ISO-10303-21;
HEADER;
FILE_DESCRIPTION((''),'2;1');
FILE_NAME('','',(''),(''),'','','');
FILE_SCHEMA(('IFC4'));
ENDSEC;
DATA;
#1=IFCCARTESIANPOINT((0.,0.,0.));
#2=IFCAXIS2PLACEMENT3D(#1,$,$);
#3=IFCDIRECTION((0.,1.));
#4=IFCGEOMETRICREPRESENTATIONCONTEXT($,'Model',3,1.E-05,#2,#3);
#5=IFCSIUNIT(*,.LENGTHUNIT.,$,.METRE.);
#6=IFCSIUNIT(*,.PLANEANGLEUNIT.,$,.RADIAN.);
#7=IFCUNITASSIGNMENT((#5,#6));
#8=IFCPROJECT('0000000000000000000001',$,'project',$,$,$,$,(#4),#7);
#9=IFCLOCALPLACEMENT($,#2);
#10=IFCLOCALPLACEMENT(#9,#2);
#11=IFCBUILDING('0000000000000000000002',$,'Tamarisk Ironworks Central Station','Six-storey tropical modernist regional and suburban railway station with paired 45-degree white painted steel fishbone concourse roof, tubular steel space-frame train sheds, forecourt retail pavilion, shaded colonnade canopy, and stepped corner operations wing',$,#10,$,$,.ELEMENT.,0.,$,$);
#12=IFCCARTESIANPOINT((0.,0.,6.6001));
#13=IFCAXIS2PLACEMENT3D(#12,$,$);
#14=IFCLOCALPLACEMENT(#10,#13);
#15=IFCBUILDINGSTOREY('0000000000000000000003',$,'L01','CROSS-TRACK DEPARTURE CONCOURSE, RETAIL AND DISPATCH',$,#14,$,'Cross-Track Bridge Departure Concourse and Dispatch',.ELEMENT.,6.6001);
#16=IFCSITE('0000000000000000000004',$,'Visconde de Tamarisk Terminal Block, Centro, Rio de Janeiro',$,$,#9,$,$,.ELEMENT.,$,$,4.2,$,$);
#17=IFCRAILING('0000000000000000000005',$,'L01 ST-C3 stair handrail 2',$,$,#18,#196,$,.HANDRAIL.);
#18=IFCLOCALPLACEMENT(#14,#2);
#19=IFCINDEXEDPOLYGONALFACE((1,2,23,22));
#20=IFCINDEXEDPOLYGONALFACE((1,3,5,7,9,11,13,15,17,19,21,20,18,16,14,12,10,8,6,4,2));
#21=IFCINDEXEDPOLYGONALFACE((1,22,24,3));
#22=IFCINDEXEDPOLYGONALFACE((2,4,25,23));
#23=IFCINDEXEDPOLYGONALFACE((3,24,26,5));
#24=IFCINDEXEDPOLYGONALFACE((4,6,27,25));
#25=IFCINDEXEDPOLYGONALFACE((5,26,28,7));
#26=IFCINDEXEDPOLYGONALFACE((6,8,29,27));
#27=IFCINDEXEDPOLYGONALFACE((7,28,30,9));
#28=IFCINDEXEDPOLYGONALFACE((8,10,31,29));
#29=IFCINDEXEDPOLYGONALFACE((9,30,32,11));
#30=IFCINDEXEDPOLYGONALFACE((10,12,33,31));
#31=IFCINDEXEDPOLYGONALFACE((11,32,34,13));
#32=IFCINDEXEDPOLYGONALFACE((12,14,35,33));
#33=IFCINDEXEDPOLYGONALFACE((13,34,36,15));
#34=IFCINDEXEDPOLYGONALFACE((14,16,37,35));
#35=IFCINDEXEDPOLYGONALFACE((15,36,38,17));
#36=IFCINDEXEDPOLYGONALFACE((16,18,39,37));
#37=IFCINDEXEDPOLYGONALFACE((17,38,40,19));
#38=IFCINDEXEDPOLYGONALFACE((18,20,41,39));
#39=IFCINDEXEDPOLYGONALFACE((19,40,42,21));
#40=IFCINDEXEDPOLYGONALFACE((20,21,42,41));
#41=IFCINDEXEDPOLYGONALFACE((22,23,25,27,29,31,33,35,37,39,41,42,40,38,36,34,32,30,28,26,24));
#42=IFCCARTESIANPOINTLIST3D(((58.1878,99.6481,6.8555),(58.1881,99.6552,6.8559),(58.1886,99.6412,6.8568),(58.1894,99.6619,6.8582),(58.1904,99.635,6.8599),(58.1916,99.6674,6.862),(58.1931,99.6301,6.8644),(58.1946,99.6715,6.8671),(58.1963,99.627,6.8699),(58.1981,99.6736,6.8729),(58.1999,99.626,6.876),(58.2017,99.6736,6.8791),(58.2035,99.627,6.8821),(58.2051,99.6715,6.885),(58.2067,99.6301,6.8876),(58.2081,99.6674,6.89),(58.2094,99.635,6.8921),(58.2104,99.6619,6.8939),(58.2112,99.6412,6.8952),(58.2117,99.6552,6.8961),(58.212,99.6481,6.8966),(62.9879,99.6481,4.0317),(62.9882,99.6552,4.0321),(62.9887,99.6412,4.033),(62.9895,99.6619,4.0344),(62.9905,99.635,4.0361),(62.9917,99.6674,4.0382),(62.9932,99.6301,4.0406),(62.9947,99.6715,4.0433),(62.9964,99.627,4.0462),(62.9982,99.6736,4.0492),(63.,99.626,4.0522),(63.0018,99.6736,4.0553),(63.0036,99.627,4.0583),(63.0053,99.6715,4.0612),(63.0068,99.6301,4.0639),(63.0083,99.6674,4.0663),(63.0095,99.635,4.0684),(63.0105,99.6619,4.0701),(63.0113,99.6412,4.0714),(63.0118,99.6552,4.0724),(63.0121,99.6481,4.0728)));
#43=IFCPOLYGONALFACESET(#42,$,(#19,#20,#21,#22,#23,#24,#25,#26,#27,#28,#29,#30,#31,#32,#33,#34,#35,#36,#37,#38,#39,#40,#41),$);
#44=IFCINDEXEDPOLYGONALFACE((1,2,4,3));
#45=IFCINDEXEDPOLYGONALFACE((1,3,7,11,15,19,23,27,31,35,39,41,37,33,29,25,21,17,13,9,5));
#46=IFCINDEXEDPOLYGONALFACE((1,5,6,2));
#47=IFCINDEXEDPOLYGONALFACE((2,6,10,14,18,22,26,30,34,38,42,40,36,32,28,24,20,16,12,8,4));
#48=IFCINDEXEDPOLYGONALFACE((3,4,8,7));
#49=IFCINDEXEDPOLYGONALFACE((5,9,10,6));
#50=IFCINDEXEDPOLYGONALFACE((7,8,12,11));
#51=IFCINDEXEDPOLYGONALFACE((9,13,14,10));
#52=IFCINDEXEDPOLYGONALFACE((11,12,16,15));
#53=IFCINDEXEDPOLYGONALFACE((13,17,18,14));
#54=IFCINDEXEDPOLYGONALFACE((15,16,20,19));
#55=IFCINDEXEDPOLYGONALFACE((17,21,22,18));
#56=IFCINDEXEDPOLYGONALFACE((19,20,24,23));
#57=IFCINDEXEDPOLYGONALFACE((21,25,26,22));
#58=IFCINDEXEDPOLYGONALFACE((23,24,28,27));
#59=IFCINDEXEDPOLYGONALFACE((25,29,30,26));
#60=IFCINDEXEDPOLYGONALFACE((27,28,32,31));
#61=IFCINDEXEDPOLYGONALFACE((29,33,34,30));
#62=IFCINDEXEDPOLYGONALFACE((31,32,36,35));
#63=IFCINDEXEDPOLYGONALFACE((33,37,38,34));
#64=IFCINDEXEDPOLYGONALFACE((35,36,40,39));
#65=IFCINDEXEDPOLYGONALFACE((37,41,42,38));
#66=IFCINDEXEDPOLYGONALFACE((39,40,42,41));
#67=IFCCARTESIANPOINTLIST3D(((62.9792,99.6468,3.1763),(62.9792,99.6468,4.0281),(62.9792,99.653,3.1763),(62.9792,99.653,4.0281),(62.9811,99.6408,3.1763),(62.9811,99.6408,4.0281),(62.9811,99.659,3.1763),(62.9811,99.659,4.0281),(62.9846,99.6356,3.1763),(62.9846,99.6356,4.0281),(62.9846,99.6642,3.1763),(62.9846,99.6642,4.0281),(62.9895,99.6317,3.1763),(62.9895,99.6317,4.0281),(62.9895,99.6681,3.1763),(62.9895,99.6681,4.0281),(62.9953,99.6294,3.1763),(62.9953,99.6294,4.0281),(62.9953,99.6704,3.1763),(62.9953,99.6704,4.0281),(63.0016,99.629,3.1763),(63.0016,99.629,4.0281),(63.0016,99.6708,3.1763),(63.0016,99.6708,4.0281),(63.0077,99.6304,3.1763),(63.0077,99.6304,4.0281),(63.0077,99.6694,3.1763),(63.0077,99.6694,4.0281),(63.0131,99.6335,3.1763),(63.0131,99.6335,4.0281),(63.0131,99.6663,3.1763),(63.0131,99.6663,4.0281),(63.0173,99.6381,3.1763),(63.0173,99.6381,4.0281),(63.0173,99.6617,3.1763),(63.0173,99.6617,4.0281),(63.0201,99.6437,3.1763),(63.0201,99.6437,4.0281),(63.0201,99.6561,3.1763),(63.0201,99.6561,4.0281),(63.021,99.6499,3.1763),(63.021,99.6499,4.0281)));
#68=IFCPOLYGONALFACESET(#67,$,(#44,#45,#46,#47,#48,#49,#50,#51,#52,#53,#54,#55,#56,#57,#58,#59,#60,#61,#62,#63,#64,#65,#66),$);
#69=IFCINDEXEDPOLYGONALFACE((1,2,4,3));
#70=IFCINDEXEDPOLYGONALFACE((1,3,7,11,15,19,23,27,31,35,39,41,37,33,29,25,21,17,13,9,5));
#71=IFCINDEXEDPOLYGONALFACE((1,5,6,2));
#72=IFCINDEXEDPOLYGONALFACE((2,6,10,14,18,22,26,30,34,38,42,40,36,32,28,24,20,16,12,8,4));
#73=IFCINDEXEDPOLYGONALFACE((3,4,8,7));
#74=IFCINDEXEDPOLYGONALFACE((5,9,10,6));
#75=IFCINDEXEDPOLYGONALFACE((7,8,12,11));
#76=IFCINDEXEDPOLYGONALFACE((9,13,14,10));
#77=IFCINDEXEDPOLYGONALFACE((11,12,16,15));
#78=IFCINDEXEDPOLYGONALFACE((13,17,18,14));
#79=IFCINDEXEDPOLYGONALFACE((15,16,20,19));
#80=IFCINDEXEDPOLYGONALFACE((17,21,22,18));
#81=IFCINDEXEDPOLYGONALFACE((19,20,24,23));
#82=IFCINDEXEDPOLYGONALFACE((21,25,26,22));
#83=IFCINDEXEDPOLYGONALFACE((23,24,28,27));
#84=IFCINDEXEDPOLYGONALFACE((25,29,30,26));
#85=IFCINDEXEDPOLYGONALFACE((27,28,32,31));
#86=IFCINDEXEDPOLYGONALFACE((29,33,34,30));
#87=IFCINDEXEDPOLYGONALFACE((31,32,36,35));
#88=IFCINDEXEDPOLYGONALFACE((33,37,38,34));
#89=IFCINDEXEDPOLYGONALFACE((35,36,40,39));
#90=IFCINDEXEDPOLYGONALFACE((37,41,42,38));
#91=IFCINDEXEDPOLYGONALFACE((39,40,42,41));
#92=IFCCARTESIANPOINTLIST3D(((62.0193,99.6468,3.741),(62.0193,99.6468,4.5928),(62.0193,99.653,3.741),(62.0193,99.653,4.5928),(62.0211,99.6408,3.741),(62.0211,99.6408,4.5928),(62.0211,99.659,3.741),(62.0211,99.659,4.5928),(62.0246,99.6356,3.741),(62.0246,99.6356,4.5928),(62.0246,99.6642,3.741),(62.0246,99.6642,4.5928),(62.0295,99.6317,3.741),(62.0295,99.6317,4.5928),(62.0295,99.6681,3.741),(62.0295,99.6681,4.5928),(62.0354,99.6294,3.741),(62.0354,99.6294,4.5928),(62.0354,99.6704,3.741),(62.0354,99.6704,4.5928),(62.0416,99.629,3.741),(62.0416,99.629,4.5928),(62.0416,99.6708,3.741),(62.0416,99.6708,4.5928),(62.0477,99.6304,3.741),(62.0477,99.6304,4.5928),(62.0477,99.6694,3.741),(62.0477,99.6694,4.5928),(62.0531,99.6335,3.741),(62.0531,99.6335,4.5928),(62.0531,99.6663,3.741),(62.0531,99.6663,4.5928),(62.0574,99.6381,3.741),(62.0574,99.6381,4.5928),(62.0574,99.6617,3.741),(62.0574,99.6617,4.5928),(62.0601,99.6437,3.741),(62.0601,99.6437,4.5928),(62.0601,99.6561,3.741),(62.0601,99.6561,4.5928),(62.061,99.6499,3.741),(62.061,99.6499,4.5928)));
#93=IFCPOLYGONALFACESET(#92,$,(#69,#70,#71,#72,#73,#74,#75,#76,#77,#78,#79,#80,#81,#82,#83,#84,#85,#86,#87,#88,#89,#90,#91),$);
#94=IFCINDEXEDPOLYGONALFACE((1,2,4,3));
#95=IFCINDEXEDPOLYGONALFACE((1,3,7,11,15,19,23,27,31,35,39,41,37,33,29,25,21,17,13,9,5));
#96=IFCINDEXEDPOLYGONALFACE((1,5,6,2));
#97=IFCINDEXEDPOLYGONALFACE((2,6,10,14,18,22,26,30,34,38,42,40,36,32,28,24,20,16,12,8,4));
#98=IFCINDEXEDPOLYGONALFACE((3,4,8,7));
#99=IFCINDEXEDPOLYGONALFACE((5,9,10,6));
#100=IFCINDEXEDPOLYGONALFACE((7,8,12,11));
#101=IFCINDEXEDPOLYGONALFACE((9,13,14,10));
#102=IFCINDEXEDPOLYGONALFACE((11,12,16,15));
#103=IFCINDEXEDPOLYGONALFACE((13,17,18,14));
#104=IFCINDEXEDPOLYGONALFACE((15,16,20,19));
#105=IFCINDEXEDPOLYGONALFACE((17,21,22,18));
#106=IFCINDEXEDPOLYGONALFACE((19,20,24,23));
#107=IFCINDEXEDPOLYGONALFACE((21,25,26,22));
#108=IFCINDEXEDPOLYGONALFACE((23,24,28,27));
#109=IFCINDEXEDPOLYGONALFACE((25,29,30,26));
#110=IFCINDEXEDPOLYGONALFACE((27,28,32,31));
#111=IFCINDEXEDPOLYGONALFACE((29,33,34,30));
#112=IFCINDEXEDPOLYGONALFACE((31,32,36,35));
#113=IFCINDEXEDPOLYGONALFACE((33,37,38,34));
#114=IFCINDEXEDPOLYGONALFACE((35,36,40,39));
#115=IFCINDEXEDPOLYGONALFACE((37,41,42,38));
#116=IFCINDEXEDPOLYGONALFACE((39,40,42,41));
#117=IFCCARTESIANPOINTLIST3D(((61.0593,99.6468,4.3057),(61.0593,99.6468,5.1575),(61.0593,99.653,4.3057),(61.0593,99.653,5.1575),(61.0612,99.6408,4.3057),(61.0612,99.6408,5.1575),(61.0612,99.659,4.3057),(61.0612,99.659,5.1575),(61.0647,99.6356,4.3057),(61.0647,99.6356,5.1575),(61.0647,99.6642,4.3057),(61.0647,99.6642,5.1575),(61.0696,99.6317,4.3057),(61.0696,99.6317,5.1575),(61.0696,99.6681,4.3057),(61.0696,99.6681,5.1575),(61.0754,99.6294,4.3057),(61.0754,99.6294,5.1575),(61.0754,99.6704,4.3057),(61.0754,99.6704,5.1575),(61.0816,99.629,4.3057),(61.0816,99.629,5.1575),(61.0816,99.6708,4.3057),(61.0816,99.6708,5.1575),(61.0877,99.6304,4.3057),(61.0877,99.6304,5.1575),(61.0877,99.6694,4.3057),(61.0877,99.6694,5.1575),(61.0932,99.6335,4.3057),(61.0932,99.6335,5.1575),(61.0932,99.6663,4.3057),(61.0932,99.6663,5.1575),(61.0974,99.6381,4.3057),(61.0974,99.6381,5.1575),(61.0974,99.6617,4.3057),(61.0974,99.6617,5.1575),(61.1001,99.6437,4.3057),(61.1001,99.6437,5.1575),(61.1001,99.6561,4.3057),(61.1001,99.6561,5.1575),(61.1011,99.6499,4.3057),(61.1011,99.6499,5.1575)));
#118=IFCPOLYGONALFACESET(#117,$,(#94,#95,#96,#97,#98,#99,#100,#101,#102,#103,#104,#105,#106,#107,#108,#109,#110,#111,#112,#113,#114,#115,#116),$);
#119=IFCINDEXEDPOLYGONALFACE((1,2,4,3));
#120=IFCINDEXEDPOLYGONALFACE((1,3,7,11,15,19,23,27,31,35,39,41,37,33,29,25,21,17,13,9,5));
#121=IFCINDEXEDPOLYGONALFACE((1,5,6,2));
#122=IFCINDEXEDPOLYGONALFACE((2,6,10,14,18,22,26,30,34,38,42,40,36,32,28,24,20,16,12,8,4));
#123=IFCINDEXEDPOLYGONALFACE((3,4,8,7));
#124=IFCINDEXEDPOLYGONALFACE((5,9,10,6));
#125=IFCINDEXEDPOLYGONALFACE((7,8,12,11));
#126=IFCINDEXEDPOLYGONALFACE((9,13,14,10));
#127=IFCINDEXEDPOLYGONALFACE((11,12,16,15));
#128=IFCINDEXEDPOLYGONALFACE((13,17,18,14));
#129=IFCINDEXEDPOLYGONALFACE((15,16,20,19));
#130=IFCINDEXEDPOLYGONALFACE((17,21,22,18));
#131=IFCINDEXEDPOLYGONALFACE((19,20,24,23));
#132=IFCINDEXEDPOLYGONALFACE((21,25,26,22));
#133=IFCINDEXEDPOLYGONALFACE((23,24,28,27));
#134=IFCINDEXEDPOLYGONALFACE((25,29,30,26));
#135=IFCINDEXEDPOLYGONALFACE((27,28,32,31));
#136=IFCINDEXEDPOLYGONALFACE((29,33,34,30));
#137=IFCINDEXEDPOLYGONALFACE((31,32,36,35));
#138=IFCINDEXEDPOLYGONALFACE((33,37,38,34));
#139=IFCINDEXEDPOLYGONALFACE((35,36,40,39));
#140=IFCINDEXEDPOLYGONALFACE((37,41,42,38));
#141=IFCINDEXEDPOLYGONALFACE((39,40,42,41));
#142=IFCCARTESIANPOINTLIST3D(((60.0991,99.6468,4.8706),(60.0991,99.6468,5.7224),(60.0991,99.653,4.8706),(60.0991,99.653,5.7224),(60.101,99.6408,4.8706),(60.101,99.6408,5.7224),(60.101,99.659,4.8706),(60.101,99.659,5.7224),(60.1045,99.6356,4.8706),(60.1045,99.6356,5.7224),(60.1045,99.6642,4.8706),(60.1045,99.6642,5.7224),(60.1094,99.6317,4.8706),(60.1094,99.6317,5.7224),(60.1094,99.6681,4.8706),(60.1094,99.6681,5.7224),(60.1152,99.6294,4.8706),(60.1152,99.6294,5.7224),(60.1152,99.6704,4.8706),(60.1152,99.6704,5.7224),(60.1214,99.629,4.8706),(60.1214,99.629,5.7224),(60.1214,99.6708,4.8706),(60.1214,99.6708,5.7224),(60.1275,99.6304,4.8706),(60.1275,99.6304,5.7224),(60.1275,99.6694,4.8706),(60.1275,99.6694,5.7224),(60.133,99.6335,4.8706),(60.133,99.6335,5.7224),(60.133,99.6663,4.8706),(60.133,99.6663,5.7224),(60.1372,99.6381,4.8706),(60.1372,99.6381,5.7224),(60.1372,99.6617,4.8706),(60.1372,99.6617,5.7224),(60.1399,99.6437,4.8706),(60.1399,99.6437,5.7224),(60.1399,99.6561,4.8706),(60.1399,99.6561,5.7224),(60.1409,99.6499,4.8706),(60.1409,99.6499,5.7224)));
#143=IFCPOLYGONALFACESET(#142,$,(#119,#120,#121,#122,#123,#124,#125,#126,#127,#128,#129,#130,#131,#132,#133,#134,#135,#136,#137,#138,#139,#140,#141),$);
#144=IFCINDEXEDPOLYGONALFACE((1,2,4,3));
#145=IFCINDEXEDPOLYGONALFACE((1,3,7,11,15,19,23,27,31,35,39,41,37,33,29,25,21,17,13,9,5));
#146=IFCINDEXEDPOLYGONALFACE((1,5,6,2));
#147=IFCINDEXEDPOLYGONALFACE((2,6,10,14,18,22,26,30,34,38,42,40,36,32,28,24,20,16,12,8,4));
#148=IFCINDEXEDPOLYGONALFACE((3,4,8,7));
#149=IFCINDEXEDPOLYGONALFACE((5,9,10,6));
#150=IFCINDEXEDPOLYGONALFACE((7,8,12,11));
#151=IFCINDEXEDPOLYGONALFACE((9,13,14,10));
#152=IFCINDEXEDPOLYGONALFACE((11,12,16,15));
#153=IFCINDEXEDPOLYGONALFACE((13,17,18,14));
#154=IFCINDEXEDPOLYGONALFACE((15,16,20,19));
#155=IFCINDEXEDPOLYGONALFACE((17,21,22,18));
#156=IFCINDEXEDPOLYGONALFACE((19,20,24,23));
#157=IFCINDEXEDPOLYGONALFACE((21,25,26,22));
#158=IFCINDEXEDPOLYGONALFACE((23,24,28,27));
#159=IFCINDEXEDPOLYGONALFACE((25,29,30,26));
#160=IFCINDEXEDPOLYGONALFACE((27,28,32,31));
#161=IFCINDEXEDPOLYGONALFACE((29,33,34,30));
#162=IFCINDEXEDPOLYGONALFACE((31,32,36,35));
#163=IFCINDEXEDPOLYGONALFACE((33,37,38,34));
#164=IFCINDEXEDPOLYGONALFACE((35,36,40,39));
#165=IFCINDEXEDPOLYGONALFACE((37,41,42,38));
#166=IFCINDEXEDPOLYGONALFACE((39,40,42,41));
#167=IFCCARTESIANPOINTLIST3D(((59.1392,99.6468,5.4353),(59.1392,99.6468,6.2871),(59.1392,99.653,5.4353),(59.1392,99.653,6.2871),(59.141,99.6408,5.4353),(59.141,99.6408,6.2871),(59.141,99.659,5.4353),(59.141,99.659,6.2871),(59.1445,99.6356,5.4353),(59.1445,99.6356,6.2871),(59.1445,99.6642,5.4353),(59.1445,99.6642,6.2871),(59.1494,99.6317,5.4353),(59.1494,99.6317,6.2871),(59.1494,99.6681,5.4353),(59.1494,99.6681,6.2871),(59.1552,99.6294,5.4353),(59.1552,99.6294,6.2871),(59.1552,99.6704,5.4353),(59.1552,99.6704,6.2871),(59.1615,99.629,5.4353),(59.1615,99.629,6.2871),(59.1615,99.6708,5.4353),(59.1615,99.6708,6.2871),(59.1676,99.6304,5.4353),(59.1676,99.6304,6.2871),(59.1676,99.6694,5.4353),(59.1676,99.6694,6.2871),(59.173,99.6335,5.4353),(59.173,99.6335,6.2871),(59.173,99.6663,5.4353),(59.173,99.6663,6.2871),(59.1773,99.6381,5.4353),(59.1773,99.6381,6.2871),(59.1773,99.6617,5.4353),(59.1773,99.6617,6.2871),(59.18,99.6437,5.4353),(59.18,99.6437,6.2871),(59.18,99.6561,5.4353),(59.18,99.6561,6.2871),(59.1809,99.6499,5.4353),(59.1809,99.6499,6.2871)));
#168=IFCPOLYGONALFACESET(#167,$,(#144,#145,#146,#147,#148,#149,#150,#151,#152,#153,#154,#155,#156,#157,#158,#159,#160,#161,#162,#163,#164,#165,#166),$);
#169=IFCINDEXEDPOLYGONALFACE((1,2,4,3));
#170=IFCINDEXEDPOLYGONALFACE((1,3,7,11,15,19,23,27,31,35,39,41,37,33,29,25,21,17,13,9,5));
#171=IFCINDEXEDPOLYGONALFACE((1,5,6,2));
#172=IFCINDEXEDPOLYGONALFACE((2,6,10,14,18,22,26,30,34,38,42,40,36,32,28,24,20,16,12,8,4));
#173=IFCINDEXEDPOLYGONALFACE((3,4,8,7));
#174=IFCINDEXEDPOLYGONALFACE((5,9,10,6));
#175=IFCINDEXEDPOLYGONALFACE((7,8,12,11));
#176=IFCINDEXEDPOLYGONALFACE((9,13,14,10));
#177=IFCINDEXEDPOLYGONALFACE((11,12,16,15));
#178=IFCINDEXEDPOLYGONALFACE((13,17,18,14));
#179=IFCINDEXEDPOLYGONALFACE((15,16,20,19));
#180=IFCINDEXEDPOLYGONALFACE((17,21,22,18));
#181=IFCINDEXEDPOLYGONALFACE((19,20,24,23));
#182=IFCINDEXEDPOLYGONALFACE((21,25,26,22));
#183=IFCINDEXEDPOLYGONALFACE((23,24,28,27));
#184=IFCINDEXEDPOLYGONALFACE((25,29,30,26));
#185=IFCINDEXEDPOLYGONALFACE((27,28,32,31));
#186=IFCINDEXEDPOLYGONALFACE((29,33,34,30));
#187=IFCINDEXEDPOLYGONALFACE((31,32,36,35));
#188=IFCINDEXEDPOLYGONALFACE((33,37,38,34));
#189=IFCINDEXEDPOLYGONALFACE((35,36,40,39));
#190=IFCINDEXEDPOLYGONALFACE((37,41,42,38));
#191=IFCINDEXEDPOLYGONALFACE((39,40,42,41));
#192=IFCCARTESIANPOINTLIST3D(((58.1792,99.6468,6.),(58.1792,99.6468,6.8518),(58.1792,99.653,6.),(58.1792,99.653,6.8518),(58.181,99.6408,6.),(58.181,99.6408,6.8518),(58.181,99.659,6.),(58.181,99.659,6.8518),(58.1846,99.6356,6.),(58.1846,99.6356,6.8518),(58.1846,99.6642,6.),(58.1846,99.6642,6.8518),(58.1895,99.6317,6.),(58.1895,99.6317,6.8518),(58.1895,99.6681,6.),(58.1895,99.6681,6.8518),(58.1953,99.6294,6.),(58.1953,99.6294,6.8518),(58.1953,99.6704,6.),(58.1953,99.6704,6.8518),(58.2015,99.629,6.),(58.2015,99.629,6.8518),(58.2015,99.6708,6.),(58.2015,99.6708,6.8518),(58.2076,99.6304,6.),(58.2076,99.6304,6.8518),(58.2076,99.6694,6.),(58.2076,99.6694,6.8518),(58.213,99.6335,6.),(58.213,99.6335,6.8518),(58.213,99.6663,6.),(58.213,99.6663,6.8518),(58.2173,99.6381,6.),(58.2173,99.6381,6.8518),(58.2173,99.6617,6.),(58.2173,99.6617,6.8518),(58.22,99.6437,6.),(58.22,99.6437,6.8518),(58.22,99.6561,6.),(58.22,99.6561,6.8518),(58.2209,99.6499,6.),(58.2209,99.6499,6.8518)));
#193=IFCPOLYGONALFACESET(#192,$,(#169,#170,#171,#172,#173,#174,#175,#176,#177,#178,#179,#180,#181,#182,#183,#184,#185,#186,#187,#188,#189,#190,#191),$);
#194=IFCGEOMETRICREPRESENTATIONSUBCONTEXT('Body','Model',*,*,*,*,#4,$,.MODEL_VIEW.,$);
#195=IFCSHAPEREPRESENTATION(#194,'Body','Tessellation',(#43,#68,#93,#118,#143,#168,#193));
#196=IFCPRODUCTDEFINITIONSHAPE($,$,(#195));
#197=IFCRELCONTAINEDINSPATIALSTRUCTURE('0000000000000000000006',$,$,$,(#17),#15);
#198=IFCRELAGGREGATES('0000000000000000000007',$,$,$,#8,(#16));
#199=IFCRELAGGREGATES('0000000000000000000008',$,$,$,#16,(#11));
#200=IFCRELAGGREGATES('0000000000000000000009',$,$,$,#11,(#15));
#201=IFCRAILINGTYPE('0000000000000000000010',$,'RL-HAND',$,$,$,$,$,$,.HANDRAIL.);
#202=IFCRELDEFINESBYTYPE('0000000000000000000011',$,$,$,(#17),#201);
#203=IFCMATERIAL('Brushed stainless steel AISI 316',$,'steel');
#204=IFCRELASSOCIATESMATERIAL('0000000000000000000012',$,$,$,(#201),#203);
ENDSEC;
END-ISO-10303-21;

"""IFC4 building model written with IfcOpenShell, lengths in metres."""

from ifc_helpers import new_model, si_unit, direction, frame, origin, origin_2d, place, context, subcontext, project, spatial, circle, extrude, material, type_object, element, save


model = new_model("IFC4")

# Units and contexts
model_context = context("Model", 3, precision=1e-05, world=origin(), true_north=direction((0.0, 1.0)))
body_context = subcontext(model_context, "Body", "Model", "MODEL_VIEW")
ifc_project = project(units=[si_unit("LENGTHUNIT", "METRE"), si_unit("PLANEANGLEUNIT", "RADIAN")], contexts=[model_context])

# Site, building, storey
site_placement = place(None, origin())
site = spatial("IfcSite", under=ifc_project, at=site_placement, Name="Visconde de Tamarisk Terminal Block, Centro, Rio de Janeiro", CompositionType="ELEMENT", RefElevation=4.2)
building_placement = place(site_placement, origin())
building = spatial("IfcBuilding", under=site, at=building_placement, Name="Tamarisk Ironworks Central Station", Description="Six-storey tropical modernist regional and suburban railway station with paired 45-degree white painted steel fishbone concourse roof, tubular steel space-frame train sheds, forecourt retail pavilion, shaded colonnade canopy, and stepped corner operations wing", CompositionType="ELEMENT", ElevationOfRefHeight=0.0)
storey_placement = place(building_placement, frame((0.0, 0.0, 6.6001)))
storey = spatial("IfcBuildingStorey", under=building, at=storey_placement, Name="L01", Description="CROSS-TRACK DEPARTURE CONCOURSE, RETAIL AND DISPATCH", LongName="Cross-Track Bridge Departure Concourse and Dispatch", CompositionType="ELEMENT", Elevation=6.6001)

# Shared definitions
ifc_material_1 = material(Name="Brushed stainless steel AISI 316", Category="steel")

# Railing
railing_type_1 = type_object("IfcRailingType", Name="RL-HAND", PredefinedType="HANDRAIL", material=ifc_material_1)
railing_1_placement = place(storey_placement, frame((63.0, 99.6499, 3.1763)))
element("IfcRailing", 1, at=railing_1_placement, inside=storey, type_object=railing_type_1, Name="L01 ST-C3 stair handrail 2", PredefinedType="HANDRAIL", context=body_context, shape_type="SweptSolid", body=[
    extrude(circle(Radius=0.0239, at=origin_2d()), frame((0.0, 0.0, 0.876), z_axis=(-0.861921, 0.0, 0.507043), x_axis=(0.0, -1.0, 0.0)), (0.0, 0.0, 1.0), 5.5691),
    extrude(circle(Radius=0.021, at=origin_2d()), origin(), (0.0, 0.0, 1.0), 0.8518),
    extrude(circle(Radius=0.021, at=origin_2d()), frame((-0.96, 0.0, 0.5647)), (0.0, 0.0, 1.0), 0.8518),
    extrude(circle(Radius=0.021, at=origin_2d()), frame((-1.9199, 0.0, 1.1294)), (0.0, 0.0, 1.0), 0.8518),
    extrude(circle(Radius=0.021, at=origin_2d()), frame((-2.8801, 0.0, 1.6943)), (0.0, 0.0, 1.0), 0.8518),
    extrude(circle(Radius=0.021, at=origin_2d()), frame((-3.8401, 0.0, 2.259)), (0.0, 0.0, 1.0), 0.8518),
    extrude(circle(Radius=0.021, at=origin_2d()), frame((-4.8, 0.0, 2.8237)), (0.0, 0.0, 1.0), 0.8518),
])

save(model, "model.ifc")
